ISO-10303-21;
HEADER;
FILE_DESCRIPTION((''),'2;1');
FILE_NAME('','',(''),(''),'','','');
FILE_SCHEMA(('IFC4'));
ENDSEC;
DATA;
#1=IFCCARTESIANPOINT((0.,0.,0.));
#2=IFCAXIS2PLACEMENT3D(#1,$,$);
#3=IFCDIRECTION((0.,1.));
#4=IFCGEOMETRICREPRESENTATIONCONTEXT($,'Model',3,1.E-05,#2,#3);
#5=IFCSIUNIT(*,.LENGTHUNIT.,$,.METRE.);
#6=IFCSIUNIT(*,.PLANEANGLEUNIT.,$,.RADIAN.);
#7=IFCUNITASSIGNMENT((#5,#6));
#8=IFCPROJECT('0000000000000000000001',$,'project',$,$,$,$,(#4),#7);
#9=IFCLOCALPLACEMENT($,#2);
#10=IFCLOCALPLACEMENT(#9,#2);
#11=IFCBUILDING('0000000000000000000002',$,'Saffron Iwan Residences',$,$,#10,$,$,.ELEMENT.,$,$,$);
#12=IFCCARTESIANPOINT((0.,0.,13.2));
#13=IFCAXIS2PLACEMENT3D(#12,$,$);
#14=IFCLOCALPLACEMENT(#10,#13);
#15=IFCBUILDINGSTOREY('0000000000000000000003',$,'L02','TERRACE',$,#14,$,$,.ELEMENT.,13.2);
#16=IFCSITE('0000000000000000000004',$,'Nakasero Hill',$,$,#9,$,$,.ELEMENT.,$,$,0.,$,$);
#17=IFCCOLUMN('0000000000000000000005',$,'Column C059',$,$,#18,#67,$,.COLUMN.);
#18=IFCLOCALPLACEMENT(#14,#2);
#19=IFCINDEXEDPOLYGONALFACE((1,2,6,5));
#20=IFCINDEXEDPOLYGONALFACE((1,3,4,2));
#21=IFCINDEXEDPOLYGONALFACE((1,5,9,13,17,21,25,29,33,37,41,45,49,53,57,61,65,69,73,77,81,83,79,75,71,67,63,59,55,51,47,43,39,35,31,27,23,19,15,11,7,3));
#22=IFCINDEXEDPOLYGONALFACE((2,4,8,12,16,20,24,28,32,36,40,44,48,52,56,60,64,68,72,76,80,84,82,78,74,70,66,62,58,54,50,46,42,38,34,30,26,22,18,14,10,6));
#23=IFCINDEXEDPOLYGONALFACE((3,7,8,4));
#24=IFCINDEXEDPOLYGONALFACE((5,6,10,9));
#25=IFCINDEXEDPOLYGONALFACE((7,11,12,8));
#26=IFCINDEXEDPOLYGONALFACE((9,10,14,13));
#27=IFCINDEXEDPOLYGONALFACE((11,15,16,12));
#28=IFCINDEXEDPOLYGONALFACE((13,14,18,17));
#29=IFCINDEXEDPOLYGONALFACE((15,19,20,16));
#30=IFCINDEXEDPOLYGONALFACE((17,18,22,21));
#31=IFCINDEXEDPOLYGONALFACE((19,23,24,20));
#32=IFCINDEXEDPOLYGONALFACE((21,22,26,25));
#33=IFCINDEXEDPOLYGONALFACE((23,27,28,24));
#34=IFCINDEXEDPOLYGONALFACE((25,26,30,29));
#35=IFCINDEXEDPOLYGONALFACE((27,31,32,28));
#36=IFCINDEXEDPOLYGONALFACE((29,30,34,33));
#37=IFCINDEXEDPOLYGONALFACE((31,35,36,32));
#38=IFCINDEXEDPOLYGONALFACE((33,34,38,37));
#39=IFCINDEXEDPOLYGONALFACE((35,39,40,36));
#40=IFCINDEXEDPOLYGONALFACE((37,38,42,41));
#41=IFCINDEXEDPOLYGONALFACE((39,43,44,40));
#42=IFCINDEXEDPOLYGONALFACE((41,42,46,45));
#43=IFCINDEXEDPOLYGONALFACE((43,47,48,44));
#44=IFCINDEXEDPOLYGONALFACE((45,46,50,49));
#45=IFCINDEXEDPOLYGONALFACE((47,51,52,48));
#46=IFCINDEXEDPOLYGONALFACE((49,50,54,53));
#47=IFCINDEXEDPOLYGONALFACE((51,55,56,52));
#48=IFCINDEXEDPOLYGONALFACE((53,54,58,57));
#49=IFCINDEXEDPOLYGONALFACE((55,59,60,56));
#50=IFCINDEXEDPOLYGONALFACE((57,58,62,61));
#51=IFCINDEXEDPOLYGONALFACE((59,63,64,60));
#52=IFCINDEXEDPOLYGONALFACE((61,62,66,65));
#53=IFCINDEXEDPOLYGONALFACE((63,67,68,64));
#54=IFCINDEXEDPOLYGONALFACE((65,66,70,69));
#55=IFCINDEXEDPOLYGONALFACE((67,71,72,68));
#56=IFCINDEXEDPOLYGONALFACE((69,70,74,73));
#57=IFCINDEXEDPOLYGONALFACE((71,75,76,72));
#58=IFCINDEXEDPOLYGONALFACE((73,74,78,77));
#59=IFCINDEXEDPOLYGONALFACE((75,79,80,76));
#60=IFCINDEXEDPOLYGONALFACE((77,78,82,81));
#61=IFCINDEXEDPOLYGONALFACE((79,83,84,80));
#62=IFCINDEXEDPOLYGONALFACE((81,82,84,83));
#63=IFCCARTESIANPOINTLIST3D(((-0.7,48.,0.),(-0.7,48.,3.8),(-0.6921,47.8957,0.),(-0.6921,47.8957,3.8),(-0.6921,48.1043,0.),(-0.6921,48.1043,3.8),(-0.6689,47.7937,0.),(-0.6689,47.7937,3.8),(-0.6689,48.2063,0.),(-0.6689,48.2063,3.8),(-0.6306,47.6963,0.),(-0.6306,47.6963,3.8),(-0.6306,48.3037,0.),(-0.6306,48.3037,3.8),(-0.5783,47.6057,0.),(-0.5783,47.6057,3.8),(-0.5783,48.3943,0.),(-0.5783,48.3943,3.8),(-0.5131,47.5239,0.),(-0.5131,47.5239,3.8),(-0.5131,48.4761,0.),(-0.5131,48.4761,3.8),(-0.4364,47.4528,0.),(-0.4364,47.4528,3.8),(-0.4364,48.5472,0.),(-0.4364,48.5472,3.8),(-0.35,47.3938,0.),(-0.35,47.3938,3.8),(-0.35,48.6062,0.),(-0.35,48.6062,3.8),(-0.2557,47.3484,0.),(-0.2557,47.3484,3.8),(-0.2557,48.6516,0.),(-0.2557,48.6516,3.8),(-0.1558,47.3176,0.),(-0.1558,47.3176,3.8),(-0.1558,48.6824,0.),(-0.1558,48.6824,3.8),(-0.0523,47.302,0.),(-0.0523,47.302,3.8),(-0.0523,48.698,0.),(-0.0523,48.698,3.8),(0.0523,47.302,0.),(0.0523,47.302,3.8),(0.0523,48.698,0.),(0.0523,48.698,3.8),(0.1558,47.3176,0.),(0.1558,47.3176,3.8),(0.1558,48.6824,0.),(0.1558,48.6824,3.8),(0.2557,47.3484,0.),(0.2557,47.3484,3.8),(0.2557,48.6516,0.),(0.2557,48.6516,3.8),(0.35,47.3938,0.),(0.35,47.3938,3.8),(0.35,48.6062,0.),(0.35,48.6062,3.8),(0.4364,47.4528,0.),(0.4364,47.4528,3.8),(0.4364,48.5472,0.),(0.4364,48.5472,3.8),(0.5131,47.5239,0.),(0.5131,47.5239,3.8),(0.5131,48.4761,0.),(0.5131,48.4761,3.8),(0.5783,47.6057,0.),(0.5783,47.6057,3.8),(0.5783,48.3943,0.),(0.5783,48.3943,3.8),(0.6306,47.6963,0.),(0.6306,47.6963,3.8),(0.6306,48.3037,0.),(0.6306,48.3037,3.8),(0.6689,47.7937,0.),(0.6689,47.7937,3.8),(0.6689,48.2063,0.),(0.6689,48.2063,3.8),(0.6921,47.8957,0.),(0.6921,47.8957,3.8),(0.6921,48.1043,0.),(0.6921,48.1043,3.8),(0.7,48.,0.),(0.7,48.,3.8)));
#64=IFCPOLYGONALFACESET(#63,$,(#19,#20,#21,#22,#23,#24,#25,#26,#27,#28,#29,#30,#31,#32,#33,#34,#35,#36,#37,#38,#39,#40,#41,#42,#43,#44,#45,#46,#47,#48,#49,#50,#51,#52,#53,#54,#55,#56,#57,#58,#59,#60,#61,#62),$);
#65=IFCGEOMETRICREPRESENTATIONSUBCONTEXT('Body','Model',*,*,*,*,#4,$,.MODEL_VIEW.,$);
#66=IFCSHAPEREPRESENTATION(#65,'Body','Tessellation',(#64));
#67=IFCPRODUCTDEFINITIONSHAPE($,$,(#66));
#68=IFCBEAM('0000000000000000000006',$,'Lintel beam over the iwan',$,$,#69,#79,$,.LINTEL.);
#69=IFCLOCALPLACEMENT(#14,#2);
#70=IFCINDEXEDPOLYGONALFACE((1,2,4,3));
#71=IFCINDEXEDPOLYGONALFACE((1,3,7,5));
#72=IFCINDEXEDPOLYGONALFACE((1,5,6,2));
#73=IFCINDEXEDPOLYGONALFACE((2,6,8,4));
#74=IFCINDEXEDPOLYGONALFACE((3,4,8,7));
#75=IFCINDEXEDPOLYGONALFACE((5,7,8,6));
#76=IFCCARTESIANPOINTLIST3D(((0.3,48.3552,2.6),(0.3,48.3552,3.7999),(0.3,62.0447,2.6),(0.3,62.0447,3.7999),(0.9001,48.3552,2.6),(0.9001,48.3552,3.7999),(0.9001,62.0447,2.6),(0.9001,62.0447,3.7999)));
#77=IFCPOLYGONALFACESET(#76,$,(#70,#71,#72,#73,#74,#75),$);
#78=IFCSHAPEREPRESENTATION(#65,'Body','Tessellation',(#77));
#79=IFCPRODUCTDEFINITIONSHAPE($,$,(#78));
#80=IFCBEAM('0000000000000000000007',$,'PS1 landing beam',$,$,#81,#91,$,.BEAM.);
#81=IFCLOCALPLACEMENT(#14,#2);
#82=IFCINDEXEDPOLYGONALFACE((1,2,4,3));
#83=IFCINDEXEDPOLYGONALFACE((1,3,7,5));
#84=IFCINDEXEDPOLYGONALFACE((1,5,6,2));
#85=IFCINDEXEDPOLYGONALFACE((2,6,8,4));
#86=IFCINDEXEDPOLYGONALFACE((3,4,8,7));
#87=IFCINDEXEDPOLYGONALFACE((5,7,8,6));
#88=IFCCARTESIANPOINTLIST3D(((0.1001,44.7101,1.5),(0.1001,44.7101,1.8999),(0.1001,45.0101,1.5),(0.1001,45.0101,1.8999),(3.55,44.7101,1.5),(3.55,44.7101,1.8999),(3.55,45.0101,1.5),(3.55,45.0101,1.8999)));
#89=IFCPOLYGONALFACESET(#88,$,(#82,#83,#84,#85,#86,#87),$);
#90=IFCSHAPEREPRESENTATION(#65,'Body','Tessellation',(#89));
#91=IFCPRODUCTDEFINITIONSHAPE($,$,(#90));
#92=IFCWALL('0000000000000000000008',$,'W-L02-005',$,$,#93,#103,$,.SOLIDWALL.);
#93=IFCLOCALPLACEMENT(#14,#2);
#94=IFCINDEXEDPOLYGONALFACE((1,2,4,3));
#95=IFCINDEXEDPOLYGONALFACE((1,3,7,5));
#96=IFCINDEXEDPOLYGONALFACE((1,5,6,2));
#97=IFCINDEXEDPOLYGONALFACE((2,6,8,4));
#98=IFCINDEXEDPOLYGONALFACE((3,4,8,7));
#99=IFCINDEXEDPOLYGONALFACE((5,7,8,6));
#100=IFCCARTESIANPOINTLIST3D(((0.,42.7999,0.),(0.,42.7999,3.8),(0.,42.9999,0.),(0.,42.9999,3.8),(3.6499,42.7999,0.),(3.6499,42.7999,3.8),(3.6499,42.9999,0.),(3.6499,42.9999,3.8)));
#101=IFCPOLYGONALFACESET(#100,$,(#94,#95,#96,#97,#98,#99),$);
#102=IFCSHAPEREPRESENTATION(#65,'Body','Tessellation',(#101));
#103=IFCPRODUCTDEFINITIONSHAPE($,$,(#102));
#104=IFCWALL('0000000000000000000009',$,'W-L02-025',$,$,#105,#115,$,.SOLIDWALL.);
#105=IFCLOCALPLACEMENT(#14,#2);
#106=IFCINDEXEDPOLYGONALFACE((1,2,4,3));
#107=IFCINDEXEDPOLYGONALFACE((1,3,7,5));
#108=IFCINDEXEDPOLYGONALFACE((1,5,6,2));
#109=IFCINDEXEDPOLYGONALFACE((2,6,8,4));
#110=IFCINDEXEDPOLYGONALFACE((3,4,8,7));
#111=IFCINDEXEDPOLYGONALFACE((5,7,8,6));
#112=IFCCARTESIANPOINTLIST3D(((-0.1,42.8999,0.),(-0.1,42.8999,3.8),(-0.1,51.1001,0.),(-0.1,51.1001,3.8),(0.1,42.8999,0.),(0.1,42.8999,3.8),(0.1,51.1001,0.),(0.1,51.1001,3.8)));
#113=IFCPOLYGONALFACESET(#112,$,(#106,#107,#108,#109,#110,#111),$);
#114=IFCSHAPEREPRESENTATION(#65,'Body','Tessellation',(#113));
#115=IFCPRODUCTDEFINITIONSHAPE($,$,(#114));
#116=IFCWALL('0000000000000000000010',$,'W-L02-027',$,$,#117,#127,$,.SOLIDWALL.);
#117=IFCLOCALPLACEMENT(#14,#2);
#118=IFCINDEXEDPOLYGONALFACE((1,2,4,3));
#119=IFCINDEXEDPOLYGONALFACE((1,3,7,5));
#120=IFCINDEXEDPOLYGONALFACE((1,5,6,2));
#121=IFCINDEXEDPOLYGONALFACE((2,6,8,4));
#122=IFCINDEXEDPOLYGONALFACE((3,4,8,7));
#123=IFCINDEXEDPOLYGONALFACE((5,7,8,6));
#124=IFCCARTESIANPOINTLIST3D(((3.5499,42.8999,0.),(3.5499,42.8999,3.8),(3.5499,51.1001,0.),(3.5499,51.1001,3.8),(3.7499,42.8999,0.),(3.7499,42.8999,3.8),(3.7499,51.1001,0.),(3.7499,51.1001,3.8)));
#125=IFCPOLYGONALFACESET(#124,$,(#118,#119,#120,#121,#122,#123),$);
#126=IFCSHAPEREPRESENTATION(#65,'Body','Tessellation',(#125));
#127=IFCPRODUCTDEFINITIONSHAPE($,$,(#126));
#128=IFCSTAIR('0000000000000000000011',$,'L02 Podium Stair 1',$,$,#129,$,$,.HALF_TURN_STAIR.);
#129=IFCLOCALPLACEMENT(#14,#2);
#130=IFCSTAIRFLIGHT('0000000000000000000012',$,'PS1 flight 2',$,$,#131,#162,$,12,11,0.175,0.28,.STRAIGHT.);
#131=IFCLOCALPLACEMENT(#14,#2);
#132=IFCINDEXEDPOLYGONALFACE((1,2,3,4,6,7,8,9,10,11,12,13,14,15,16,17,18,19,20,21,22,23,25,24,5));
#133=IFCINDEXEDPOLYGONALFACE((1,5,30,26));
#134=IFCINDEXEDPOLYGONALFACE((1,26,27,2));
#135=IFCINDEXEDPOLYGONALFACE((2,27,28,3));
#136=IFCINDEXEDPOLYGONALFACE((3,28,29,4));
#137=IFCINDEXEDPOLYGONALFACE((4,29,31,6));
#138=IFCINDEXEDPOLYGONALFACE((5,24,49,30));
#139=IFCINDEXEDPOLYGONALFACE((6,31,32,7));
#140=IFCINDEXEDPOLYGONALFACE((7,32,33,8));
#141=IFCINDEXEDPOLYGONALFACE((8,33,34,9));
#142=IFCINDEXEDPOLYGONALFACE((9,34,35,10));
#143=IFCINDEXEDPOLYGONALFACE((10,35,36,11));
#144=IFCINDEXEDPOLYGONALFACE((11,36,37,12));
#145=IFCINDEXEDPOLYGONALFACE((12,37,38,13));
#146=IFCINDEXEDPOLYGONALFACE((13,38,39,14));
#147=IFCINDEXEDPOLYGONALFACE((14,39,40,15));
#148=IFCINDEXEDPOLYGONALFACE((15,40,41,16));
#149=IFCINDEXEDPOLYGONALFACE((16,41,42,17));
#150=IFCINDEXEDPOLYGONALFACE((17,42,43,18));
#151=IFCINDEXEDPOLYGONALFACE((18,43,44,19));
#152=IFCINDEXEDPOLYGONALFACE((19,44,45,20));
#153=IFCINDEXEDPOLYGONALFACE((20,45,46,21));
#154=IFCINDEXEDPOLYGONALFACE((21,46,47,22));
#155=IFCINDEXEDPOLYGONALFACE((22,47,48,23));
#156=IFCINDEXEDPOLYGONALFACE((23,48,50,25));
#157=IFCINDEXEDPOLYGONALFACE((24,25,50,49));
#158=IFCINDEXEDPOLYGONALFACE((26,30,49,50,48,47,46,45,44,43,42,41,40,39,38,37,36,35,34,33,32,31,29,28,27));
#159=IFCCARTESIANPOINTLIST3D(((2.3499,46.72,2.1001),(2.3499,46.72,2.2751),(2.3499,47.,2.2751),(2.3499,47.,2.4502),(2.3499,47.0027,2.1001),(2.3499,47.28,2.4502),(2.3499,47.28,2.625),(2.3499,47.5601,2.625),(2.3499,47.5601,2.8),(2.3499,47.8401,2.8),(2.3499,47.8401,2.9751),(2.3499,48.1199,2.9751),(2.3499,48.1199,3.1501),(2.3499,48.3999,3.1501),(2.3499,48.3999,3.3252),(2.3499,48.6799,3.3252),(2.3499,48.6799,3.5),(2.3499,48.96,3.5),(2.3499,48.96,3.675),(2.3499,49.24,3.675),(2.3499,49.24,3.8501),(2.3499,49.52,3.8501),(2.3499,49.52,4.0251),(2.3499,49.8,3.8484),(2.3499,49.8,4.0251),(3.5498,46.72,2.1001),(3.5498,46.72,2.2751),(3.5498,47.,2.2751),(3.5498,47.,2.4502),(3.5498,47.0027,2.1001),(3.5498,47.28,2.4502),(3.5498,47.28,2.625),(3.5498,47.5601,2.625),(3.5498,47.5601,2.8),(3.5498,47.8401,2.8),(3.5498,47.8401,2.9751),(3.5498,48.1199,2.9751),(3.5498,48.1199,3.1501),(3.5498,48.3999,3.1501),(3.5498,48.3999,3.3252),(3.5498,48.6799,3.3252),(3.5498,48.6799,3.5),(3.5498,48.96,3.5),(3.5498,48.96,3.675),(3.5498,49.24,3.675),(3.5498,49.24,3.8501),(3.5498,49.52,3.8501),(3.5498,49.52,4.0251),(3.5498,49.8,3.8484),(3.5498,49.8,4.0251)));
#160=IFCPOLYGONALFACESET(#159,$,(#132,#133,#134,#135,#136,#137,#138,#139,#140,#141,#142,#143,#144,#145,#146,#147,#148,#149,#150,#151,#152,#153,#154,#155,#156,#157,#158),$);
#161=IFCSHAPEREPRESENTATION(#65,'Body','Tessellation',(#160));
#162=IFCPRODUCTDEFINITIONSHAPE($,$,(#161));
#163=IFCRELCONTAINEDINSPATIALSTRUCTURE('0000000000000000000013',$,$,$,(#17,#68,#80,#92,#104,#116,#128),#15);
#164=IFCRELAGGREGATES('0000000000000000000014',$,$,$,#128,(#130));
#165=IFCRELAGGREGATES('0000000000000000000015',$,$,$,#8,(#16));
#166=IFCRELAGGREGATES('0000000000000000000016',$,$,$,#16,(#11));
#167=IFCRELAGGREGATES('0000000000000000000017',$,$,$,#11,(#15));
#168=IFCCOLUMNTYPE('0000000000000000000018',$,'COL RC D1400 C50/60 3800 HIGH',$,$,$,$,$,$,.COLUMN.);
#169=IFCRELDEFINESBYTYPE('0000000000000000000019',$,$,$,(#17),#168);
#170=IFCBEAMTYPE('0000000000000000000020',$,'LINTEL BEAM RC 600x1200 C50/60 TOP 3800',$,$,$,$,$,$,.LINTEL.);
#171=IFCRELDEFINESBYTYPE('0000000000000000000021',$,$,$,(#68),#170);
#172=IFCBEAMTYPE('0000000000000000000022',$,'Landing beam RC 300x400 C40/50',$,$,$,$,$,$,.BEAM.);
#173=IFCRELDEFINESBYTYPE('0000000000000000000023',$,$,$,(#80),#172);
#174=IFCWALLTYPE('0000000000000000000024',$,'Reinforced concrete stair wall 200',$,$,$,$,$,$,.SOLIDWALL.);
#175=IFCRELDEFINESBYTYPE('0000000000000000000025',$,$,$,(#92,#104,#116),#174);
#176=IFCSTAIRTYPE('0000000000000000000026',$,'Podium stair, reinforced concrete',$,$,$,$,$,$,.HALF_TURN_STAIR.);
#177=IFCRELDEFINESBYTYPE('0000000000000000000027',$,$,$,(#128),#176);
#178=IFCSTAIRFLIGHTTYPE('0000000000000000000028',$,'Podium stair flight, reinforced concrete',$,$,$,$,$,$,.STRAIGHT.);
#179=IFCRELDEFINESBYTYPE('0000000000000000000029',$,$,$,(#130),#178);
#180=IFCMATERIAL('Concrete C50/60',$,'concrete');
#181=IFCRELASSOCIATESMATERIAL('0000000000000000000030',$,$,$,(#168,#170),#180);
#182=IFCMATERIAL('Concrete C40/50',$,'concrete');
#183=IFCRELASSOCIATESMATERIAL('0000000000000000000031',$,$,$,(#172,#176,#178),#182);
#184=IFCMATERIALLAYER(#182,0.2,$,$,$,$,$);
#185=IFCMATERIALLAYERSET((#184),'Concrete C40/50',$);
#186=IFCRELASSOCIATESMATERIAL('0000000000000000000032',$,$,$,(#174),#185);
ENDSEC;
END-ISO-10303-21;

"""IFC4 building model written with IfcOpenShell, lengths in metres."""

from ifc_helpers import new_model, si_unit, direction, frame, frame_2d, origin, origin_2d, place, context, subcontext, project, spatial, polyline, rectangle, circle, outline, extrude, source, transform, mapped, material, layer, layer_set, material_profile, profile_set, type_object, element, aggregate, save


model = new_model("IFC4")

# Units and contexts
model_context = context("Model", 3, precision=1e-05, world=origin(), true_north=direction((0.0, 1.0)))
body_context = subcontext(model_context, "Body", "Model", "MODEL_VIEW")
ifc_project = project(units=[si_unit("LENGTHUNIT", "METRE"), si_unit("PLANEANGLEUNIT", "RADIAN")], contexts=[model_context])

# Site, building, storey
site_placement = place(None, origin())
site = spatial("IfcSite", under=ifc_project, at=site_placement, Name="Nakasero Hill", CompositionType="ELEMENT", RefElevation=0.0)
building_placement = place(site_placement, origin())
building = spatial("IfcBuilding", under=site, at=building_placement, Name="Saffron Iwan Residences", CompositionType="ELEMENT")
storey_placement = place(building_placement, frame((0.0, 0.0, 13.2)))
storey = spatial("IfcBuildingStorey", under=building, at=storey_placement, Name="L02", Description="TERRACE", CompositionType="ELEMENT", Elevation=13.2)

# Column
ifc_material_1 = material(Name="Concrete C50/60", Category="concrete")
ifc_material_profile_1 = material_profile(ifc_material_1, circle(Radius=0.7, at=origin_2d()), Name="RC D1400")
ifc_profile_set_1 = profile_set([ifc_material_profile_1], Name="Concrete C50/60")
column_type = type_object("IfcColumnType", Name="COL RC D1400 C50/60 3800 HIGH", PredefinedType="COLUMN", material=ifc_profile_set_1)
shared_shape_1 = source(origin(), body_context, "Body", "SweptSolid", [
    extrude(circle(Radius=0.7, at=origin_2d()), origin(), (0.0, 0.0, 1.0), 3.8),
])
column_placement = place(storey_placement, frame((0.0, 48.0, 0.0), z_axis=(0.0, 0.0, 1.0), x_axis=(1.0, 0.0, 0.0)))
element("IfcColumn", 1, at=column_placement, inside=storey, type_object=column_type, Name="Column C059", PredefinedType="COLUMN", context=body_context, shape_type="MappedRepresentation", body=[
    mapped(shared_shape_1, transform((0.0, 0.0, 0.0))),
])

# Beams
ifc_material_profile_2 = material_profile(ifc_material_1, rectangle(XDim=0.6001, YDim=1.2, at=origin_2d()), Name="RC 600x1200")
ifc_profile_set_2 = profile_set([ifc_material_profile_2], Name="Concrete C50/60")
beam_type_1 = type_object("IfcBeamType", Name="LINTEL BEAM RC 600x1200 C50/60 TOP 3800", PredefinedType="LINTEL", material=ifc_profile_set_2)
shared_shape_2 = source(origin(), body_context, "Body", "SweptSolid", [
    extrude(rectangle(XDim=0.6001, YDim=1.2, at=origin_2d()), origin(), (0.0, 0.0, 1.0), 13.6895),
])
beam_1_placement = place(storey_placement, frame((0.6001, 48.3552, 3.2), z_axis=(0.0, 1.0, 0.0), x_axis=(-1.0, 0.0, 0.0)))
element("IfcBeam", 2, at=beam_1_placement, inside=storey, type_object=beam_type_1, Name="Lintel beam over the iwan", PredefinedType="LINTEL", context=body_context, shape_type="MappedRepresentation", body=[
    mapped(shared_shape_2, transform((0.0, 0.0, 0.0))),
])
ifc_material_2 = material(Name="Concrete C40/50", Category="concrete")
ifc_material_profile_3 = material_profile(ifc_material_2, rectangle(XDim=0.3, YDim=0.3999, at=origin_2d()), Name="Landing beam RC 300x400 C40/50")
ifc_profile_set_3 = profile_set([ifc_material_profile_3], Name="Concrete C40/50")
beam_type_2 = type_object("IfcBeamType", Name="Landing beam RC 300x400 C40/50", PredefinedType="BEAM", material=ifc_profile_set_3)
shared_shape_3 = source(origin(), body_context, "Body", "SweptSolid", [
    extrude(rectangle(XDim=0.3, YDim=0.3999, at=origin_2d()), origin(), (0.0, 0.0, 1.0), 3.45),
])
beam_2_placement = place(storey_placement, frame((0.1001, 44.8601, 1.7), z_axis=(1.0, 0.0, 0.0), x_axis=(0.0, 1.0, 0.0)))
element("IfcBeam", 3, at=beam_2_placement, inside=storey, type_object=beam_type_2, Name="PS1 landing beam", PredefinedType="BEAM", context=body_context, shape_type="MappedRepresentation", body=[
    mapped(shared_shape_3, transform((0.0, 0.0, 0.0))),
])

# Walls
ifc_layer_1 = layer(ifc_material_2, 0.2)
ifc_layer_set_1 = layer_set([ifc_layer_1], Name="Concrete C40/50")
wall_type = type_object("IfcWallType", Name="Reinforced concrete stair wall 200", PredefinedType="SOLIDWALL", material=ifc_layer_set_1)
wall_placement = place(storey_placement, frame((0.0, 42.8999, 0.0), z_axis=(0.0, 0.0, 1.0), x_axis=(1.0, 0.0, 0.0)))
element("IfcWall", 4, at=wall_placement, inside=storey, type_object=wall_type, Name="W-L02-005", PredefinedType="SOLIDWALL", context=body_context, shape_type="SweptSolid", body=[
    extrude(rectangle(XDim=3.6499, YDim=0.2, at=frame_2d((1.825, 0.0))), origin(), (0.0, 0.0, 1.0), 3.8),
])
for number, where, z_axis, x_axis, name in (
    (5, (0.0, 42.8999, 0.0), (0.0, 0.0, 1.0), (0.0, 1.0, 0.0), "W-L02-025"),
    (6, (3.6499, 42.8999, 0.0), (0.0, 0.0, 1.0), (0.0, 1.0, 0.0), "W-L02-027"),
):
    element("IfcWall", number, at=place(storey_placement, frame(where, z_axis=z_axis, x_axis=x_axis)), inside=storey, type_object=wall_type, Name=name, PredefinedType="SOLIDWALL", context=body_context, shape_type="SweptSolid", body=[
        extrude(rectangle(XDim=8.2002, YDim=0.2, at=frame_2d((4.1001, 0.0))), origin(), (0.0, 0.0, 1.0), 3.8),
    ])

# Stair, stair flight
stair_type = type_object("IfcStairType", Name="Podium stair, reinforced concrete", PredefinedType="HALF_TURN_STAIR", material=ifc_material_2)
stair_placement = place(storey_placement, origin())
stair = element("IfcStair", 7, at=stair_placement, inside=storey, type_object=stair_type, Name="L02 Podium Stair 1", PredefinedType="HALF_TURN_STAIR")
stair_flight_type = type_object("IfcStairFlightType", Name="Podium stair flight, reinforced concrete", PredefinedType="STRAIGHT", material=ifc_material_2)
stair_flight_placement = place(storey_placement, frame((2.95, 46.72, 2.1001), z_axis=(0.0, 0.0, 1.0), x_axis=(0.0, 1.0, 0.0)))
stair_flight = element("IfcStairFlight", 8, at=stair_flight_placement, type_object=stair_flight_type, Name="PS1 flight 2", NumberOfRisers=12, NumberOfTreads=11, PredefinedType="STRAIGHT", RiserHeight=0.175, TreadLength=0.28, context=body_context, shape_type="SweptSolid", body=[
    extrude(outline(polyline([(0.0, 0.0), (0.0, 0.175), (0.28, 0.175), (0.28, 0.3501), (0.5601, 0.3501), (0.5601, 0.5249), (0.8401, 0.5249), (0.8401, 0.7), (1.1201, 0.7), (1.1201, 0.875), (1.3999, 0.875), (1.3999, 1.05), (1.6799, 1.05), (1.6799, 1.2251), (1.96, 1.2251), (1.96, 1.3999), (2.24, 1.3999), (2.24, 1.575), (2.52, 1.575), (2.52, 1.75), (2.8, 1.75), (2.8, 1.925), (3.0801, 1.925), (3.0801, 2.1001), (3.0801, 1.7483), (0.2827, 0.0), (0.0, 0.0)])), frame((0.0, 0.6001, 0.0), z_axis=(0.0, -1.0, 0.0), x_axis=(1.0, 0.0, 0.0)), (0.0, 0.0, 1.0), 1.2),
])
aggregate(stair, [stair_flight])

save(model, "model.ifc")
